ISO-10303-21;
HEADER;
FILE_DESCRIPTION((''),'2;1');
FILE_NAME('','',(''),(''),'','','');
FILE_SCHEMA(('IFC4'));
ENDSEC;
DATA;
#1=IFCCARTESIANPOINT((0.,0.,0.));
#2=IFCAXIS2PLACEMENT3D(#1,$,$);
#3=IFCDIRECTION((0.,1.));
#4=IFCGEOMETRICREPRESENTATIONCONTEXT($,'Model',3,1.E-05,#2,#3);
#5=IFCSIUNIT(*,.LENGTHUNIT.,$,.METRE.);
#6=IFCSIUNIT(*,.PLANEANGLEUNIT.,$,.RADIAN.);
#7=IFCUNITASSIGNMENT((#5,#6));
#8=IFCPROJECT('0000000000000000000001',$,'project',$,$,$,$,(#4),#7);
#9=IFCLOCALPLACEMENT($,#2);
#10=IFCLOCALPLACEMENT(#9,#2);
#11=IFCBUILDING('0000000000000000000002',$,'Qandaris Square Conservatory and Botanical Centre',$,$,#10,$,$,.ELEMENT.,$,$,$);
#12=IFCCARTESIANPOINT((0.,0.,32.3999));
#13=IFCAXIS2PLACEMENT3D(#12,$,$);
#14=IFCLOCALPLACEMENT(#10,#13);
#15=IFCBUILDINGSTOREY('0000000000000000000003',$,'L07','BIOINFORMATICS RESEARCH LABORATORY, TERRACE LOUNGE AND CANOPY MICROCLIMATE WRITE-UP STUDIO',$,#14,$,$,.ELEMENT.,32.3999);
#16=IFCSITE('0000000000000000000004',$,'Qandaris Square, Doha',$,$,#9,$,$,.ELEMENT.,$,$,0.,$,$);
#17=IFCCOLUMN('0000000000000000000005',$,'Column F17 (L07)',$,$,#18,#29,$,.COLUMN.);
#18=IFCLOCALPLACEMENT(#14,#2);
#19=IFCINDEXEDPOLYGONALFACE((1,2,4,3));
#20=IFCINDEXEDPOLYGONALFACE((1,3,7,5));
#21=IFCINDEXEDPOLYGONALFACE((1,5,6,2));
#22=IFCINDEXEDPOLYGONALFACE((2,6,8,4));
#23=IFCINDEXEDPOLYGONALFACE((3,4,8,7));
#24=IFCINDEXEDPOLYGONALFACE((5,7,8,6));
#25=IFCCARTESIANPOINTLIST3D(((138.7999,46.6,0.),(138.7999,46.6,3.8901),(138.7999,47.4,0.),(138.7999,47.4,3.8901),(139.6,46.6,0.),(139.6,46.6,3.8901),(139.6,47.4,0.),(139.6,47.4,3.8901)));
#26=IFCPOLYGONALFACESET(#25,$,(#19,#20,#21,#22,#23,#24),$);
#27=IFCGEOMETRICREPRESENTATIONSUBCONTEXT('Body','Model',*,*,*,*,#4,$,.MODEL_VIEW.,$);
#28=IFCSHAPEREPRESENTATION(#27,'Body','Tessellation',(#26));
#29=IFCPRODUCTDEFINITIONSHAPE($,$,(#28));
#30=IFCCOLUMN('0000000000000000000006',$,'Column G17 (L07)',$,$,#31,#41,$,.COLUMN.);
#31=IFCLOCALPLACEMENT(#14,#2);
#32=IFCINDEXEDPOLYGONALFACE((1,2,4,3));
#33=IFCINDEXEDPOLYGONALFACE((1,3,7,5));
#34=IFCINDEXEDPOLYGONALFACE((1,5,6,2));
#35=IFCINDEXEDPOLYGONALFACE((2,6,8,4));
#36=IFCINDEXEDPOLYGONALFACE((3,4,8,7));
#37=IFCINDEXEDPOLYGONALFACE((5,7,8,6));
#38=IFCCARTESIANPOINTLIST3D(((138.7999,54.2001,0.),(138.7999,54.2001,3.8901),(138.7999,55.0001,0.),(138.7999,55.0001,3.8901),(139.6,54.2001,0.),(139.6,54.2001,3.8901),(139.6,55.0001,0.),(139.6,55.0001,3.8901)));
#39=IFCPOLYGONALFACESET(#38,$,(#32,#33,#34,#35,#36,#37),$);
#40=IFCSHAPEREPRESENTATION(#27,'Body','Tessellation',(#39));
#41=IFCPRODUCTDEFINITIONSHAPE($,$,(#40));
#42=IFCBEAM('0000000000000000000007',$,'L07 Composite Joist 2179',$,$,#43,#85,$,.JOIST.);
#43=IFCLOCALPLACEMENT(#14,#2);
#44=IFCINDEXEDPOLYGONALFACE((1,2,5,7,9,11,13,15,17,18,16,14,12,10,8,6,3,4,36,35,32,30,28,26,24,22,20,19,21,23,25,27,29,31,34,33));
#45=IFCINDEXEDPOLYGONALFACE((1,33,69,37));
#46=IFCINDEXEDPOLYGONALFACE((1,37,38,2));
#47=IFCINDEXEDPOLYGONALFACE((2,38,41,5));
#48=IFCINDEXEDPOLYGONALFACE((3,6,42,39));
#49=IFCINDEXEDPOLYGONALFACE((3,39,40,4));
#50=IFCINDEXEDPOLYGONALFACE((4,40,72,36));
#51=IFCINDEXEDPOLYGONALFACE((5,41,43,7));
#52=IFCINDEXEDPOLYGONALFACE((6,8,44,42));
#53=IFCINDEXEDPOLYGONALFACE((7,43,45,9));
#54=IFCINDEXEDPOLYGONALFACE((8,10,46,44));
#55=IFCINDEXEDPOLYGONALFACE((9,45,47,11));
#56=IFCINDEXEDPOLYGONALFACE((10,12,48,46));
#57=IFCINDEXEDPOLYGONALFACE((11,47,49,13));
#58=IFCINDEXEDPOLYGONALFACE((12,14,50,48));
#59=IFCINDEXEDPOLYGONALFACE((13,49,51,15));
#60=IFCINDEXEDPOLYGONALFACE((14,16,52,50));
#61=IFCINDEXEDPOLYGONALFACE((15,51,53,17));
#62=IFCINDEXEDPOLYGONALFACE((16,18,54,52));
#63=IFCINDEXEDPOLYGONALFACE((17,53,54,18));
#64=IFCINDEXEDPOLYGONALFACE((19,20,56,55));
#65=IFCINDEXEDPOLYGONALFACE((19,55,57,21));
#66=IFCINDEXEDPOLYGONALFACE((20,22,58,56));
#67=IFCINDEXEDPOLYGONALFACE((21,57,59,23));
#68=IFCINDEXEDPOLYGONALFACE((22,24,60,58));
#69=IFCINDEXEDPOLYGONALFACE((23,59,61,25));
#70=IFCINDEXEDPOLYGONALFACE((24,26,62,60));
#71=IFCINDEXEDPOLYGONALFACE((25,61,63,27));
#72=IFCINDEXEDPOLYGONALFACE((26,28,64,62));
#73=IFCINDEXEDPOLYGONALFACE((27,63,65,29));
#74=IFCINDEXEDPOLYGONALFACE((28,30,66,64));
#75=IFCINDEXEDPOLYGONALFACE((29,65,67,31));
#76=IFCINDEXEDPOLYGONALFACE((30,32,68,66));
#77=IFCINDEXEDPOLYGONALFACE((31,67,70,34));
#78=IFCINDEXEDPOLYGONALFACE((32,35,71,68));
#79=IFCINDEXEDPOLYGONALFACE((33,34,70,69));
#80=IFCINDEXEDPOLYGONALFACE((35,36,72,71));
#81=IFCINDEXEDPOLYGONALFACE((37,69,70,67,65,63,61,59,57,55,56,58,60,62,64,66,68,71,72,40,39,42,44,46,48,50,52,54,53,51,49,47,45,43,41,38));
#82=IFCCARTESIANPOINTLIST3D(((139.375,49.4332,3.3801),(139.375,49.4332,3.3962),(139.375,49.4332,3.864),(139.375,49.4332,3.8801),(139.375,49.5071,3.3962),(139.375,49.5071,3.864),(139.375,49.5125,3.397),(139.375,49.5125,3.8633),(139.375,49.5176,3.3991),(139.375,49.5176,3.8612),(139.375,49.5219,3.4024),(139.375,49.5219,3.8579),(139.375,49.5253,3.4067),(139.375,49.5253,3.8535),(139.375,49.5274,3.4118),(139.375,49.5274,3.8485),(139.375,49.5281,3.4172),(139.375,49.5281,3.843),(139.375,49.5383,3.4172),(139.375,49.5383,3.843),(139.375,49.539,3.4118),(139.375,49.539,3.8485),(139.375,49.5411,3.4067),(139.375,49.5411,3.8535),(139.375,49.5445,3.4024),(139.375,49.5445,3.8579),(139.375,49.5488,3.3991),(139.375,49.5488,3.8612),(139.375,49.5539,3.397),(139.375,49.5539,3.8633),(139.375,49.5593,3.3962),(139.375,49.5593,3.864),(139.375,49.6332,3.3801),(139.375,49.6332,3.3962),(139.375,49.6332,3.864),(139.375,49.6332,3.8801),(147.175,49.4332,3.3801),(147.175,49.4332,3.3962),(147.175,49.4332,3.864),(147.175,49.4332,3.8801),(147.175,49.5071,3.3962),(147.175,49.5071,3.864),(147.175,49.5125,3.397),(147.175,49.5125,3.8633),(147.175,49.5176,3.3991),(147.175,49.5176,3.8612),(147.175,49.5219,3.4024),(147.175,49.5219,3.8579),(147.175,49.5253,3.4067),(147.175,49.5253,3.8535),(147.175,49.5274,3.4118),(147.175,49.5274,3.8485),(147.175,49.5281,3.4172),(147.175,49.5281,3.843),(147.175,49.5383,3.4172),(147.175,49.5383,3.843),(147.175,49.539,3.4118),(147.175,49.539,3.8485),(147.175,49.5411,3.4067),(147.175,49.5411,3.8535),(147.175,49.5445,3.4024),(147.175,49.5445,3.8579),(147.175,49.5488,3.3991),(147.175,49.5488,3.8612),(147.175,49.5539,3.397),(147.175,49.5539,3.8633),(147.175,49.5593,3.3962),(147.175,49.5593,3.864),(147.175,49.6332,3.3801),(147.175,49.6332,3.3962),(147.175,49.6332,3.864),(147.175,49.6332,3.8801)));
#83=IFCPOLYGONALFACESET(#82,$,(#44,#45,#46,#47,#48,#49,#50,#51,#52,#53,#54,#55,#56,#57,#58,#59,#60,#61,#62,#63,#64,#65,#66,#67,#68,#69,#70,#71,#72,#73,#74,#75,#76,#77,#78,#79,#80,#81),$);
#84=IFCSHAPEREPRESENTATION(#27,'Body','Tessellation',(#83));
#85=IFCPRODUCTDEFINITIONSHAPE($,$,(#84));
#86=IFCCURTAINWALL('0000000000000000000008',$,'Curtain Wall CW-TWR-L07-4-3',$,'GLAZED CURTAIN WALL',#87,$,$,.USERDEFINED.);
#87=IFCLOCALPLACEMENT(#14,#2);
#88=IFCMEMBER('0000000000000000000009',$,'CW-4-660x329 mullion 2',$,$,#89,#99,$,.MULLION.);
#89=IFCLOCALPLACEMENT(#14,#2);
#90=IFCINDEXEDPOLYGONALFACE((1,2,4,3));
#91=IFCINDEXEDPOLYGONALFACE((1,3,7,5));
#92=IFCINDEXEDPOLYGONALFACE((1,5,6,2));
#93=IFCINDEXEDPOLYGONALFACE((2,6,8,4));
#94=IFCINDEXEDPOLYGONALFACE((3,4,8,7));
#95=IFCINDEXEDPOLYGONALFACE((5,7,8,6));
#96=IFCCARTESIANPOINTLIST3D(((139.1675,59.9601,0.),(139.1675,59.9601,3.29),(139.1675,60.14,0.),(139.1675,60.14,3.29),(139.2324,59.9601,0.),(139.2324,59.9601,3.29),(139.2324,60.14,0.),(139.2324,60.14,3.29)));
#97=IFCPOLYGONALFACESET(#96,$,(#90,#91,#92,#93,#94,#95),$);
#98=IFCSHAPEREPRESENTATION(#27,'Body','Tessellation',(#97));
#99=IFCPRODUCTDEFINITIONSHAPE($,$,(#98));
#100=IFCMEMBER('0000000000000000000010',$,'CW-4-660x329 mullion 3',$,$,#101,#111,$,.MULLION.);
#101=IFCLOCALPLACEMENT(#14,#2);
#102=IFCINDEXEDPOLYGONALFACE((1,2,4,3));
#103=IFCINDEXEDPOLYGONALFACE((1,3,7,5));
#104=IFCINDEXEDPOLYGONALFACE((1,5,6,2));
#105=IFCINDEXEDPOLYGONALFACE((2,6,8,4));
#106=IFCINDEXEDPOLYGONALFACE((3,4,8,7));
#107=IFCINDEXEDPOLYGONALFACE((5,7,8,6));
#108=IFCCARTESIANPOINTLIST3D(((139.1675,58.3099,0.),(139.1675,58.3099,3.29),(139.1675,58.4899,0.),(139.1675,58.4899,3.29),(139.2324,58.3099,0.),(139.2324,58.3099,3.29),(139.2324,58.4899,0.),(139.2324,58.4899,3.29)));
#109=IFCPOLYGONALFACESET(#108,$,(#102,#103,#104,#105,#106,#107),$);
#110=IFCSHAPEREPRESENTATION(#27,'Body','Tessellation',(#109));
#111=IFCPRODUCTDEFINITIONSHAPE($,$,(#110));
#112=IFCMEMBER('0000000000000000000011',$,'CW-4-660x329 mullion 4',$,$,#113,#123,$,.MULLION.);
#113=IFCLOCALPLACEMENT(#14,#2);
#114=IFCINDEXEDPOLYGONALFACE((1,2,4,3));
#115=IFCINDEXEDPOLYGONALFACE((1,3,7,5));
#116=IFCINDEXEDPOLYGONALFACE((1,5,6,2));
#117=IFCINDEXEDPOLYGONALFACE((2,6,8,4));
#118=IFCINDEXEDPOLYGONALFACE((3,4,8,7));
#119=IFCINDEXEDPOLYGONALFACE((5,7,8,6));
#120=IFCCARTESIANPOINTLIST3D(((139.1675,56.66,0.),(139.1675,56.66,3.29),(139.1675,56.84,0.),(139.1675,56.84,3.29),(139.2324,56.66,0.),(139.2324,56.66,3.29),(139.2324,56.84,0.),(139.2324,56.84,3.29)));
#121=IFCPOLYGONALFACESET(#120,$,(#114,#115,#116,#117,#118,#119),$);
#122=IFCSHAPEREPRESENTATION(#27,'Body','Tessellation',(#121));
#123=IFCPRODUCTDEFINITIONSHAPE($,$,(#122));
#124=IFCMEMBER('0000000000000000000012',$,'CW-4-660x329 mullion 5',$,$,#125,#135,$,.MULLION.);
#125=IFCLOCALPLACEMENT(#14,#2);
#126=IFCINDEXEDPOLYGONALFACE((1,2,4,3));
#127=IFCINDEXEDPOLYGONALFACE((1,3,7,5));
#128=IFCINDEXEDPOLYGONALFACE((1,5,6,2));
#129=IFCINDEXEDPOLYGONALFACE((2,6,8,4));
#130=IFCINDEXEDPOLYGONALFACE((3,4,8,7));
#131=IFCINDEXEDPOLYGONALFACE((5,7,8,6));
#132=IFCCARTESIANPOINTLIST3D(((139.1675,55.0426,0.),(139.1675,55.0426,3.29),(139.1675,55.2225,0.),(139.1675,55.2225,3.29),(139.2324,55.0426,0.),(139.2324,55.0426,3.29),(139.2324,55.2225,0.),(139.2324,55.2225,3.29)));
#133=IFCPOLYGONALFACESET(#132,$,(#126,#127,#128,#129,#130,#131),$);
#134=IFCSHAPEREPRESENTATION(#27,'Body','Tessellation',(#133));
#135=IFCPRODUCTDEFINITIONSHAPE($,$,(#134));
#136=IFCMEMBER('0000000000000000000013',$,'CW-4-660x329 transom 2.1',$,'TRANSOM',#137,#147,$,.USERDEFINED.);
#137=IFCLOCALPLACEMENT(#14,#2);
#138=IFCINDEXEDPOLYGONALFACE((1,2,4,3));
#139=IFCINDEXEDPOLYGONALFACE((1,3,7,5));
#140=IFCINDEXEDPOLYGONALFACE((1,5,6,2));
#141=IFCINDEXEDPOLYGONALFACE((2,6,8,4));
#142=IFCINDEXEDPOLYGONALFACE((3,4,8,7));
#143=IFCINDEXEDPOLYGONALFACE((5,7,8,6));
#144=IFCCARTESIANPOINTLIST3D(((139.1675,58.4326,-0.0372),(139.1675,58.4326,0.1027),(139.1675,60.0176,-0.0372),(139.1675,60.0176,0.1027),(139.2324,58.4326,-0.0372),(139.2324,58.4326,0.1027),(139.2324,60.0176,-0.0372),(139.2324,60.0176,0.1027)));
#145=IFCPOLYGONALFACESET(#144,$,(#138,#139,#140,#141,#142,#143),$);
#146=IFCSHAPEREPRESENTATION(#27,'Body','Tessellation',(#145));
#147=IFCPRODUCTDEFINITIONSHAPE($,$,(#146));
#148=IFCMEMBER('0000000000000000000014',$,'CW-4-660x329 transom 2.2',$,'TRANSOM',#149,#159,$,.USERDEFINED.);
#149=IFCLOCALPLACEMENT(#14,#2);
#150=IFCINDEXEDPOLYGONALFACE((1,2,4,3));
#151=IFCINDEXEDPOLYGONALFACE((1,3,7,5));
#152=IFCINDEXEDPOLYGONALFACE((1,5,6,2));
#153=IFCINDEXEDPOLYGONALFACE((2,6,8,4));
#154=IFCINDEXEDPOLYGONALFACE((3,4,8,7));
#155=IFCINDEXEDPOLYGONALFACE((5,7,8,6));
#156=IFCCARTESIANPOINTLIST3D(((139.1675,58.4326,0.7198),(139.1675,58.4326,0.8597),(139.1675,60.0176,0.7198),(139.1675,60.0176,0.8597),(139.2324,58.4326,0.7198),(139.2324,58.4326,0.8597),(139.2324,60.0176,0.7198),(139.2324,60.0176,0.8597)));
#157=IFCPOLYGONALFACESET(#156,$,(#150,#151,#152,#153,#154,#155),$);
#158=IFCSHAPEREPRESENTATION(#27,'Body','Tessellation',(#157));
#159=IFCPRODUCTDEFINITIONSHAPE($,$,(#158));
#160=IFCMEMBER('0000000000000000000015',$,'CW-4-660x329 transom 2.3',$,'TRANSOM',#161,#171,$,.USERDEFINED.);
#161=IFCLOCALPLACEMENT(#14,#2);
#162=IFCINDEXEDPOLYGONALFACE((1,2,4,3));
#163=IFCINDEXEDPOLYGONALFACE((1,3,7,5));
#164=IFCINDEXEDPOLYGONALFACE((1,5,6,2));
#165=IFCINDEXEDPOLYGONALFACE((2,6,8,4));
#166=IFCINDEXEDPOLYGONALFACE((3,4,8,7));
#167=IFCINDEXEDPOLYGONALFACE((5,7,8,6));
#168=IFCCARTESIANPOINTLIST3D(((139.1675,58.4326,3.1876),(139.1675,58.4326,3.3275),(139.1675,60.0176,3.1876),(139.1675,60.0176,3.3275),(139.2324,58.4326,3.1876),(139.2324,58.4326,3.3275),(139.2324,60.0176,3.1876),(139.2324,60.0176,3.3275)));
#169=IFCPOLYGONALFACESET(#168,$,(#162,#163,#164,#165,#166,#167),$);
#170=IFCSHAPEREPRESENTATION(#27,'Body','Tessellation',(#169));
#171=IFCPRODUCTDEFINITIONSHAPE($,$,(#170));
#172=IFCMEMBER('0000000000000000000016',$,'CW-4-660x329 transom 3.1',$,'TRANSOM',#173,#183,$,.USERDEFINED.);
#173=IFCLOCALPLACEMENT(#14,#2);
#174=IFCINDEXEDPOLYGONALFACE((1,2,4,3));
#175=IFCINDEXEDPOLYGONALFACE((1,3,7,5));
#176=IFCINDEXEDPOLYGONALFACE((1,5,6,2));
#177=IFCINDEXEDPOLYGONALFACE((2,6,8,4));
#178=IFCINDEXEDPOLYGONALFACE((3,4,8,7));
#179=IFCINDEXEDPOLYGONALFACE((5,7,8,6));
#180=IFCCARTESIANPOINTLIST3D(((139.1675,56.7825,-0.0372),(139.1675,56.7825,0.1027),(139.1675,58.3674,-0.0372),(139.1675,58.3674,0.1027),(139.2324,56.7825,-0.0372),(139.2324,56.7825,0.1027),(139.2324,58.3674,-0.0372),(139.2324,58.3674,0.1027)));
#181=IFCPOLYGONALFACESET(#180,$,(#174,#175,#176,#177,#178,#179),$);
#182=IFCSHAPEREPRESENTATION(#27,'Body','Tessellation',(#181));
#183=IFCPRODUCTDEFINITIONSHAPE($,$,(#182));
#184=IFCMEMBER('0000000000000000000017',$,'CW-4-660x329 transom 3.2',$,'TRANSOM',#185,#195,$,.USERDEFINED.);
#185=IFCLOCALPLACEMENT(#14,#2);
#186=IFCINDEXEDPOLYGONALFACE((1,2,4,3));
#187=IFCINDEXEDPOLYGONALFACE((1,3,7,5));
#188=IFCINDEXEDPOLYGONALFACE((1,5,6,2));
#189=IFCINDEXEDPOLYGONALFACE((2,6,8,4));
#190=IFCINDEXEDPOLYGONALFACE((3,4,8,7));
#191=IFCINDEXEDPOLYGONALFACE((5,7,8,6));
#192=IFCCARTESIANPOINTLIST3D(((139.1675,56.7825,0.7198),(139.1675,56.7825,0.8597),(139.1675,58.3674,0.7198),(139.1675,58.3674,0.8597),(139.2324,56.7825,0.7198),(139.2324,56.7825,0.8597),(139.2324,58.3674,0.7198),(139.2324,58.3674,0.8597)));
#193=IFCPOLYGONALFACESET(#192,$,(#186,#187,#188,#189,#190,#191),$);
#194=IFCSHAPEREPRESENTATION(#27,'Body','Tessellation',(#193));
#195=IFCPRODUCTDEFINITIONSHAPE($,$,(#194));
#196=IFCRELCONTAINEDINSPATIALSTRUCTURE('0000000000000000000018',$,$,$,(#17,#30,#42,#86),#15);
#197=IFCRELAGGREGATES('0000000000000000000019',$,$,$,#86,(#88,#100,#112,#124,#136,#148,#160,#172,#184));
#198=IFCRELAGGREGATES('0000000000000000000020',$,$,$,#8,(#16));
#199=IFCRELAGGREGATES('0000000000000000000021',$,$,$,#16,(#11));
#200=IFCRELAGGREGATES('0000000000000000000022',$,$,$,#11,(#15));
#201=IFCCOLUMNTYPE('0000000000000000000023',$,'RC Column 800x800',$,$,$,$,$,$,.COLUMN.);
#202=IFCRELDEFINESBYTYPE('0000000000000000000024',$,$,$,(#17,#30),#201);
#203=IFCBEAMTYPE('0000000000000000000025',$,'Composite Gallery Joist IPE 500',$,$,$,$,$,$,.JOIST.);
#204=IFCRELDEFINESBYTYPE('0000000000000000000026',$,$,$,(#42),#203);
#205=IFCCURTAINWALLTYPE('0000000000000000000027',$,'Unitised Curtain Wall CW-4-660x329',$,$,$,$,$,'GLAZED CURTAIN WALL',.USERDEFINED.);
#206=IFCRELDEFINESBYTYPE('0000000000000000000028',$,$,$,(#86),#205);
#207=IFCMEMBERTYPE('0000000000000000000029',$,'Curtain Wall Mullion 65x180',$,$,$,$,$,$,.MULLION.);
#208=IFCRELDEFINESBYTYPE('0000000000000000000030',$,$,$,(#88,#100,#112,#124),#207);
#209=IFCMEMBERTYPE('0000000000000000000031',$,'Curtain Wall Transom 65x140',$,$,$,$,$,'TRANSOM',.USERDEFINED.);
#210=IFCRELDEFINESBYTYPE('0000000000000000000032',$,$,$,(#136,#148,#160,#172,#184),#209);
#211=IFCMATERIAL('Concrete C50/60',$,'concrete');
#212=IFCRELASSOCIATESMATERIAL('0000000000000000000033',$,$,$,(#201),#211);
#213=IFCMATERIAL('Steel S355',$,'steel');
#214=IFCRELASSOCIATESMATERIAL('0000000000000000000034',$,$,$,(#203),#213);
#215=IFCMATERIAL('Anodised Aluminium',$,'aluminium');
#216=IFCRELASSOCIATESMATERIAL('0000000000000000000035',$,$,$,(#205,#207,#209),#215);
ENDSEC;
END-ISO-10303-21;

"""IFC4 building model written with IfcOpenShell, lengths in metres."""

from ifc_helpers import new_model, si_unit, direction, frame, origin, origin_2d, place, context, subcontext, project, spatial, rectangle, i_section, extrude, material, material_profile, profile_set, type_object, element, aggregate, save


model = new_model("IFC4")

# Units and contexts
model_context = context("Model", 3, precision=1e-05, world=origin(), true_north=direction((0.0, 1.0)))
body_context = subcontext(model_context, "Body", "Model", "MODEL_VIEW")
ifc_project = project(units=[si_unit("LENGTHUNIT", "METRE"), si_unit("PLANEANGLEUNIT", "RADIAN")], contexts=[model_context])

# Site, building, storey
site_placement = place(None, origin())
site = spatial("IfcSite", under=ifc_project, at=site_placement, Name="Qandaris Square, Doha", CompositionType="ELEMENT", RefElevation=0.0)
building_placement = place(site_placement, origin())
building = spatial("IfcBuilding", under=site, at=building_placement, Name="Qandaris Square Conservatory and Botanical Centre", CompositionType="ELEMENT")
storey_placement = place(building_placement, frame((0.0, 0.0, 32.3999)))
storey = spatial("IfcBuildingStorey", under=building, at=storey_placement, Name="L07", Description="BIOINFORMATICS RESEARCH LABORATORY, TERRACE LOUNGE AND CANOPY MICROCLIMATE WRITE-UP STUDIO", CompositionType="ELEMENT", Elevation=32.3999)

# Columns
ifc_material_1 = material(Name="Concrete C50/60", Category="concrete")
ifc_material_profile_1 = material_profile(ifc_material_1, rectangle(XDim=0.8, YDim=0.8, at=origin_2d()), Name="RC-COL 800x800")
ifc_profile_set_1 = profile_set([ifc_material_profile_1], Name="Concrete C50/60")
column_type = type_object("IfcColumnType", Name="RC Column 800x800", PredefinedType="COLUMN", material=ifc_profile_set_1)
for number, where, z_axis, x_axis, name in (
    (1, (139.2, 47.0, 0.0), (0.0, 0.0, 1.0), (1.0, 0.0, 0.0), "Column F17 (L07)"),
    (2, (139.2, 54.6001, 0.0), (0.0, 0.0, 1.0), (1.0, 0.0, 0.0), "Column G17 (L07)"),
):
    element("IfcColumn", number, at=place(storey_placement, frame(where, z_axis=z_axis, x_axis=x_axis)), inside=storey, type_object=column_type, Name=name, PredefinedType="COLUMN", context=body_context, shape_type="SweptSolid", body=[
        extrude(rectangle(XDim=0.8, YDim=0.8, at=origin_2d()), origin(), (0.0, 0.0, 1.0), 3.8901),
    ])

# Beam
ifc_material_2 = material(Name="Steel S355", Category="steel")
ifc_material_profile_2 = material_profile(ifc_material_2, i_section(OverallWidth=0.2, OverallDepth=0.5, WebThickness=0.0103, FlangeThickness=0.0161, FilletRadius=0.021, at=origin_2d()), Name="IPE 500")
ifc_profile_set_2 = profile_set([ifc_material_profile_2], Name="Steel S355")
beam_type_1 = type_object("IfcBeamType", Name="Composite Gallery Joist IPE 500", PredefinedType="JOIST", material=ifc_profile_set_2)
beam_1_placement = place(storey_placement, frame((139.375, 49.5332, 3.6301), z_axis=(1.0, 0.0, 0.0), x_axis=(0.0, 1.0, 0.0)))
element("IfcBeam", 3, at=beam_1_placement, inside=storey, type_object=beam_type_1, Name="L07 Composite Joist 2179", PredefinedType="JOIST", context=body_context, shape_type="SweptSolid", body=[
    extrude(i_section(OverallWidth=0.2, OverallDepth=0.5, WebThickness=0.0103, FlangeThickness=0.0161, FilletRadius=0.021, at=origin_2d()), origin(), (0.0, 0.0, 1.0), 7.8),
])

# Curtain wall, members
ifc_material_3 = material(Name="Anodised Aluminium", Category="aluminium")
curtain_wall_type = type_object("IfcCurtainWallType", Name="Unitised Curtain Wall CW-4-660x329", ElementType="GLAZED CURTAIN WALL", PredefinedType="USERDEFINED", material=ifc_material_3)
curtain_wall_placement = place(storey_placement, origin())
curtain_wall = element("IfcCurtainWall", 4, at=curtain_wall_placement, inside=storey, type_object=curtain_wall_type, Name="Curtain Wall CW-TWR-L07-4-3", ObjectType="GLAZED CURTAIN WALL", PredefinedType="USERDEFINED")
ifc_material_profile_3 = material_profile(ifc_material_3, rectangle(XDim=0.0649, YDim=0.1799, at=origin_2d()), Name="ALU-MUL 65x180")
ifc_profile_set_3 = profile_set([ifc_material_profile_3], Name="Anodised Aluminium")
member_type_1 = type_object("IfcMemberType", Name="Curtain Wall Mullion 65x180", PredefinedType="MULLION", material=ifc_profile_set_3)
member_1_placement = place(storey_placement, frame((139.2, 60.05, 0.0), z_axis=(0.0, 0.0, 1.0), x_axis=(1.0, 0.0, 0.0)))
member_1 = element("IfcMember", 5, at=member_1_placement, type_object=member_type_1, Name="CW-4-660x329 mullion 2", PredefinedType="MULLION", context=body_context, shape_type="SweptSolid", body=[
    extrude(rectangle(XDim=0.0649, YDim=0.1799, at=origin_2d()), origin(), (0.0, 0.0, 1.0), 3.29),
])
member_2_placement = place(storey_placement, frame((139.2, 58.3999, 0.0), z_axis=(0.0, 0.0, 1.0), x_axis=(1.0, 0.0, 0.0)))
member_2 = element("IfcMember", 6, at=member_2_placement, type_object=member_type_1, Name="CW-4-660x329 mullion 3", PredefinedType="MULLION", context=body_context, shape_type="SweptSolid", body=[
    extrude(rectangle(XDim=0.0649, YDim=0.1799, at=origin_2d()), origin(), (0.0, 0.0, 1.0), 3.29),
])
member_3_placement = place(storey_placement, frame((139.2, 56.75, 0.0), z_axis=(0.0, 0.0, 1.0), x_axis=(1.0, 0.0, 0.0)))
member_3 = element("IfcMember", 7, at=member_3_placement, type_object=member_type_1, Name="CW-4-660x329 mullion 4", PredefinedType="MULLION", context=body_context, shape_type="SweptSolid", body=[
    extrude(rectangle(XDim=0.0649, YDim=0.1799, at=origin_2d()), origin(), (0.0, 0.0, 1.0), 3.29),
])
member_4_placement = place(storey_placement, frame((139.2, 55.1326, 0.0), z_axis=(0.0, 0.0, 1.0), x_axis=(1.0, 0.0, 0.0)))
member_4 = element("IfcMember", 8, at=member_4_placement, type_object=member_type_1, Name="CW-4-660x329 mullion 5", PredefinedType="MULLION", context=body_context, shape_type="SweptSolid", body=[
    extrude(rectangle(XDim=0.0649, YDim=0.1799, at=origin_2d()), origin(), (0.0, 0.0, 1.0), 3.29),
])
ifc_material_profile_4 = material_profile(ifc_material_3, rectangle(XDim=0.0649, YDim=0.1399, at=origin_2d()), Name="ALU-TRN 65x140")
ifc_profile_set_4 = profile_set([ifc_material_profile_4], Name="Anodised Aluminium")
member_type_2 = type_object("IfcMemberType", Name="Curtain Wall Transom 65x140", ElementType="TRANSOM", PredefinedType="USERDEFINED", material=ifc_profile_set_4)
member_5_placement = place(storey_placement, frame((139.2, 60.0176, 0.0327), z_axis=(0.0, -1.0, 0.0), x_axis=(1.0, 0.0, 0.0)))
member_5 = element("IfcMember", 9, at=member_5_placement, type_object=member_type_2, Name="CW-4-660x329 transom 2.1", ObjectType="TRANSOM", PredefinedType="USERDEFINED", context=body_context, shape_type="SweptSolid", body=[
    extrude(rectangle(XDim=0.0649, YDim=0.1399, at=origin_2d()), origin(), (0.0, 0.0, 1.0), 1.585),
])
member_6_placement = place(storey_placement, frame((139.2, 60.0176, 0.7898), z_axis=(0.0, -1.0, 0.0), x_axis=(1.0, 0.0, 0.0)))
member_6 = element("IfcMember", 10, at=member_6_placement, type_object=member_type_2, Name="CW-4-660x329 transom 2.2", ObjectType="TRANSOM", PredefinedType="USERDEFINED", context=body_context, shape_type="SweptSolid", body=[
    extrude(rectangle(XDim=0.0649, YDim=0.1399, at=origin_2d()), origin(), (0.0, 0.0, 1.0), 1.585),
])
member_7_placement = place(storey_placement, frame((139.2, 60.0176, 3.2576), z_axis=(0.0, -1.0, 0.0), x_axis=(1.0, 0.0, 0.0)))
member_7 = element("IfcMember", 11, at=member_7_placement, type_object=member_type_2, Name="CW-4-660x329 transom 2.3", ObjectType="TRANSOM", PredefinedType="USERDEFINED", context=body_context, shape_type="SweptSolid", body=[
    extrude(rectangle(XDim=0.0649, YDim=0.1399, at=origin_2d()), origin(), (0.0, 0.0, 1.0), 1.585),
])
member_8_placement = place(storey_placement, frame((139.2, 58.3674, 0.0327), z_axis=(0.0, -1.0, 0.0), x_axis=(1.0, 0.0, 0.0)))
member_8 = element("IfcMember", 12, at=member_8_placement, type_object=member_type_2, Name="CW-4-660x329 transom 3.1", ObjectType="TRANSOM", PredefinedType="USERDEFINED", context=body_context, shape_type="SweptSolid", body=[
    extrude(rectangle(XDim=0.0649, YDim=0.1399, at=origin_2d()), origin(), (0.0, 0.0, 1.0), 1.585),
])
member_9_placement = place(storey_placement, frame((139.2, 58.3674, 0.7898), z_axis=(0.0, -1.0, 0.0), x_axis=(1.0, 0.0, 0.0)))
member_9 = element("IfcMember", 13, at=member_9_placement, type_object=member_type_2, Name="CW-4-660x329 transom 3.2", ObjectType="TRANSOM", PredefinedType="USERDEFINED", context=body_context, shape_type="SweptSolid", body=[
    extrude(rectangle(XDim=0.0649, YDim=0.1399, at=origin_2d()), origin(), (0.0, 0.0, 1.0), 1.585),
])

aggregate(curtain_wall, [member_1, member_2, member_3, member_4, member_5, member_6, member_7, member_8, member_9])

save(model, "model.ifc")
